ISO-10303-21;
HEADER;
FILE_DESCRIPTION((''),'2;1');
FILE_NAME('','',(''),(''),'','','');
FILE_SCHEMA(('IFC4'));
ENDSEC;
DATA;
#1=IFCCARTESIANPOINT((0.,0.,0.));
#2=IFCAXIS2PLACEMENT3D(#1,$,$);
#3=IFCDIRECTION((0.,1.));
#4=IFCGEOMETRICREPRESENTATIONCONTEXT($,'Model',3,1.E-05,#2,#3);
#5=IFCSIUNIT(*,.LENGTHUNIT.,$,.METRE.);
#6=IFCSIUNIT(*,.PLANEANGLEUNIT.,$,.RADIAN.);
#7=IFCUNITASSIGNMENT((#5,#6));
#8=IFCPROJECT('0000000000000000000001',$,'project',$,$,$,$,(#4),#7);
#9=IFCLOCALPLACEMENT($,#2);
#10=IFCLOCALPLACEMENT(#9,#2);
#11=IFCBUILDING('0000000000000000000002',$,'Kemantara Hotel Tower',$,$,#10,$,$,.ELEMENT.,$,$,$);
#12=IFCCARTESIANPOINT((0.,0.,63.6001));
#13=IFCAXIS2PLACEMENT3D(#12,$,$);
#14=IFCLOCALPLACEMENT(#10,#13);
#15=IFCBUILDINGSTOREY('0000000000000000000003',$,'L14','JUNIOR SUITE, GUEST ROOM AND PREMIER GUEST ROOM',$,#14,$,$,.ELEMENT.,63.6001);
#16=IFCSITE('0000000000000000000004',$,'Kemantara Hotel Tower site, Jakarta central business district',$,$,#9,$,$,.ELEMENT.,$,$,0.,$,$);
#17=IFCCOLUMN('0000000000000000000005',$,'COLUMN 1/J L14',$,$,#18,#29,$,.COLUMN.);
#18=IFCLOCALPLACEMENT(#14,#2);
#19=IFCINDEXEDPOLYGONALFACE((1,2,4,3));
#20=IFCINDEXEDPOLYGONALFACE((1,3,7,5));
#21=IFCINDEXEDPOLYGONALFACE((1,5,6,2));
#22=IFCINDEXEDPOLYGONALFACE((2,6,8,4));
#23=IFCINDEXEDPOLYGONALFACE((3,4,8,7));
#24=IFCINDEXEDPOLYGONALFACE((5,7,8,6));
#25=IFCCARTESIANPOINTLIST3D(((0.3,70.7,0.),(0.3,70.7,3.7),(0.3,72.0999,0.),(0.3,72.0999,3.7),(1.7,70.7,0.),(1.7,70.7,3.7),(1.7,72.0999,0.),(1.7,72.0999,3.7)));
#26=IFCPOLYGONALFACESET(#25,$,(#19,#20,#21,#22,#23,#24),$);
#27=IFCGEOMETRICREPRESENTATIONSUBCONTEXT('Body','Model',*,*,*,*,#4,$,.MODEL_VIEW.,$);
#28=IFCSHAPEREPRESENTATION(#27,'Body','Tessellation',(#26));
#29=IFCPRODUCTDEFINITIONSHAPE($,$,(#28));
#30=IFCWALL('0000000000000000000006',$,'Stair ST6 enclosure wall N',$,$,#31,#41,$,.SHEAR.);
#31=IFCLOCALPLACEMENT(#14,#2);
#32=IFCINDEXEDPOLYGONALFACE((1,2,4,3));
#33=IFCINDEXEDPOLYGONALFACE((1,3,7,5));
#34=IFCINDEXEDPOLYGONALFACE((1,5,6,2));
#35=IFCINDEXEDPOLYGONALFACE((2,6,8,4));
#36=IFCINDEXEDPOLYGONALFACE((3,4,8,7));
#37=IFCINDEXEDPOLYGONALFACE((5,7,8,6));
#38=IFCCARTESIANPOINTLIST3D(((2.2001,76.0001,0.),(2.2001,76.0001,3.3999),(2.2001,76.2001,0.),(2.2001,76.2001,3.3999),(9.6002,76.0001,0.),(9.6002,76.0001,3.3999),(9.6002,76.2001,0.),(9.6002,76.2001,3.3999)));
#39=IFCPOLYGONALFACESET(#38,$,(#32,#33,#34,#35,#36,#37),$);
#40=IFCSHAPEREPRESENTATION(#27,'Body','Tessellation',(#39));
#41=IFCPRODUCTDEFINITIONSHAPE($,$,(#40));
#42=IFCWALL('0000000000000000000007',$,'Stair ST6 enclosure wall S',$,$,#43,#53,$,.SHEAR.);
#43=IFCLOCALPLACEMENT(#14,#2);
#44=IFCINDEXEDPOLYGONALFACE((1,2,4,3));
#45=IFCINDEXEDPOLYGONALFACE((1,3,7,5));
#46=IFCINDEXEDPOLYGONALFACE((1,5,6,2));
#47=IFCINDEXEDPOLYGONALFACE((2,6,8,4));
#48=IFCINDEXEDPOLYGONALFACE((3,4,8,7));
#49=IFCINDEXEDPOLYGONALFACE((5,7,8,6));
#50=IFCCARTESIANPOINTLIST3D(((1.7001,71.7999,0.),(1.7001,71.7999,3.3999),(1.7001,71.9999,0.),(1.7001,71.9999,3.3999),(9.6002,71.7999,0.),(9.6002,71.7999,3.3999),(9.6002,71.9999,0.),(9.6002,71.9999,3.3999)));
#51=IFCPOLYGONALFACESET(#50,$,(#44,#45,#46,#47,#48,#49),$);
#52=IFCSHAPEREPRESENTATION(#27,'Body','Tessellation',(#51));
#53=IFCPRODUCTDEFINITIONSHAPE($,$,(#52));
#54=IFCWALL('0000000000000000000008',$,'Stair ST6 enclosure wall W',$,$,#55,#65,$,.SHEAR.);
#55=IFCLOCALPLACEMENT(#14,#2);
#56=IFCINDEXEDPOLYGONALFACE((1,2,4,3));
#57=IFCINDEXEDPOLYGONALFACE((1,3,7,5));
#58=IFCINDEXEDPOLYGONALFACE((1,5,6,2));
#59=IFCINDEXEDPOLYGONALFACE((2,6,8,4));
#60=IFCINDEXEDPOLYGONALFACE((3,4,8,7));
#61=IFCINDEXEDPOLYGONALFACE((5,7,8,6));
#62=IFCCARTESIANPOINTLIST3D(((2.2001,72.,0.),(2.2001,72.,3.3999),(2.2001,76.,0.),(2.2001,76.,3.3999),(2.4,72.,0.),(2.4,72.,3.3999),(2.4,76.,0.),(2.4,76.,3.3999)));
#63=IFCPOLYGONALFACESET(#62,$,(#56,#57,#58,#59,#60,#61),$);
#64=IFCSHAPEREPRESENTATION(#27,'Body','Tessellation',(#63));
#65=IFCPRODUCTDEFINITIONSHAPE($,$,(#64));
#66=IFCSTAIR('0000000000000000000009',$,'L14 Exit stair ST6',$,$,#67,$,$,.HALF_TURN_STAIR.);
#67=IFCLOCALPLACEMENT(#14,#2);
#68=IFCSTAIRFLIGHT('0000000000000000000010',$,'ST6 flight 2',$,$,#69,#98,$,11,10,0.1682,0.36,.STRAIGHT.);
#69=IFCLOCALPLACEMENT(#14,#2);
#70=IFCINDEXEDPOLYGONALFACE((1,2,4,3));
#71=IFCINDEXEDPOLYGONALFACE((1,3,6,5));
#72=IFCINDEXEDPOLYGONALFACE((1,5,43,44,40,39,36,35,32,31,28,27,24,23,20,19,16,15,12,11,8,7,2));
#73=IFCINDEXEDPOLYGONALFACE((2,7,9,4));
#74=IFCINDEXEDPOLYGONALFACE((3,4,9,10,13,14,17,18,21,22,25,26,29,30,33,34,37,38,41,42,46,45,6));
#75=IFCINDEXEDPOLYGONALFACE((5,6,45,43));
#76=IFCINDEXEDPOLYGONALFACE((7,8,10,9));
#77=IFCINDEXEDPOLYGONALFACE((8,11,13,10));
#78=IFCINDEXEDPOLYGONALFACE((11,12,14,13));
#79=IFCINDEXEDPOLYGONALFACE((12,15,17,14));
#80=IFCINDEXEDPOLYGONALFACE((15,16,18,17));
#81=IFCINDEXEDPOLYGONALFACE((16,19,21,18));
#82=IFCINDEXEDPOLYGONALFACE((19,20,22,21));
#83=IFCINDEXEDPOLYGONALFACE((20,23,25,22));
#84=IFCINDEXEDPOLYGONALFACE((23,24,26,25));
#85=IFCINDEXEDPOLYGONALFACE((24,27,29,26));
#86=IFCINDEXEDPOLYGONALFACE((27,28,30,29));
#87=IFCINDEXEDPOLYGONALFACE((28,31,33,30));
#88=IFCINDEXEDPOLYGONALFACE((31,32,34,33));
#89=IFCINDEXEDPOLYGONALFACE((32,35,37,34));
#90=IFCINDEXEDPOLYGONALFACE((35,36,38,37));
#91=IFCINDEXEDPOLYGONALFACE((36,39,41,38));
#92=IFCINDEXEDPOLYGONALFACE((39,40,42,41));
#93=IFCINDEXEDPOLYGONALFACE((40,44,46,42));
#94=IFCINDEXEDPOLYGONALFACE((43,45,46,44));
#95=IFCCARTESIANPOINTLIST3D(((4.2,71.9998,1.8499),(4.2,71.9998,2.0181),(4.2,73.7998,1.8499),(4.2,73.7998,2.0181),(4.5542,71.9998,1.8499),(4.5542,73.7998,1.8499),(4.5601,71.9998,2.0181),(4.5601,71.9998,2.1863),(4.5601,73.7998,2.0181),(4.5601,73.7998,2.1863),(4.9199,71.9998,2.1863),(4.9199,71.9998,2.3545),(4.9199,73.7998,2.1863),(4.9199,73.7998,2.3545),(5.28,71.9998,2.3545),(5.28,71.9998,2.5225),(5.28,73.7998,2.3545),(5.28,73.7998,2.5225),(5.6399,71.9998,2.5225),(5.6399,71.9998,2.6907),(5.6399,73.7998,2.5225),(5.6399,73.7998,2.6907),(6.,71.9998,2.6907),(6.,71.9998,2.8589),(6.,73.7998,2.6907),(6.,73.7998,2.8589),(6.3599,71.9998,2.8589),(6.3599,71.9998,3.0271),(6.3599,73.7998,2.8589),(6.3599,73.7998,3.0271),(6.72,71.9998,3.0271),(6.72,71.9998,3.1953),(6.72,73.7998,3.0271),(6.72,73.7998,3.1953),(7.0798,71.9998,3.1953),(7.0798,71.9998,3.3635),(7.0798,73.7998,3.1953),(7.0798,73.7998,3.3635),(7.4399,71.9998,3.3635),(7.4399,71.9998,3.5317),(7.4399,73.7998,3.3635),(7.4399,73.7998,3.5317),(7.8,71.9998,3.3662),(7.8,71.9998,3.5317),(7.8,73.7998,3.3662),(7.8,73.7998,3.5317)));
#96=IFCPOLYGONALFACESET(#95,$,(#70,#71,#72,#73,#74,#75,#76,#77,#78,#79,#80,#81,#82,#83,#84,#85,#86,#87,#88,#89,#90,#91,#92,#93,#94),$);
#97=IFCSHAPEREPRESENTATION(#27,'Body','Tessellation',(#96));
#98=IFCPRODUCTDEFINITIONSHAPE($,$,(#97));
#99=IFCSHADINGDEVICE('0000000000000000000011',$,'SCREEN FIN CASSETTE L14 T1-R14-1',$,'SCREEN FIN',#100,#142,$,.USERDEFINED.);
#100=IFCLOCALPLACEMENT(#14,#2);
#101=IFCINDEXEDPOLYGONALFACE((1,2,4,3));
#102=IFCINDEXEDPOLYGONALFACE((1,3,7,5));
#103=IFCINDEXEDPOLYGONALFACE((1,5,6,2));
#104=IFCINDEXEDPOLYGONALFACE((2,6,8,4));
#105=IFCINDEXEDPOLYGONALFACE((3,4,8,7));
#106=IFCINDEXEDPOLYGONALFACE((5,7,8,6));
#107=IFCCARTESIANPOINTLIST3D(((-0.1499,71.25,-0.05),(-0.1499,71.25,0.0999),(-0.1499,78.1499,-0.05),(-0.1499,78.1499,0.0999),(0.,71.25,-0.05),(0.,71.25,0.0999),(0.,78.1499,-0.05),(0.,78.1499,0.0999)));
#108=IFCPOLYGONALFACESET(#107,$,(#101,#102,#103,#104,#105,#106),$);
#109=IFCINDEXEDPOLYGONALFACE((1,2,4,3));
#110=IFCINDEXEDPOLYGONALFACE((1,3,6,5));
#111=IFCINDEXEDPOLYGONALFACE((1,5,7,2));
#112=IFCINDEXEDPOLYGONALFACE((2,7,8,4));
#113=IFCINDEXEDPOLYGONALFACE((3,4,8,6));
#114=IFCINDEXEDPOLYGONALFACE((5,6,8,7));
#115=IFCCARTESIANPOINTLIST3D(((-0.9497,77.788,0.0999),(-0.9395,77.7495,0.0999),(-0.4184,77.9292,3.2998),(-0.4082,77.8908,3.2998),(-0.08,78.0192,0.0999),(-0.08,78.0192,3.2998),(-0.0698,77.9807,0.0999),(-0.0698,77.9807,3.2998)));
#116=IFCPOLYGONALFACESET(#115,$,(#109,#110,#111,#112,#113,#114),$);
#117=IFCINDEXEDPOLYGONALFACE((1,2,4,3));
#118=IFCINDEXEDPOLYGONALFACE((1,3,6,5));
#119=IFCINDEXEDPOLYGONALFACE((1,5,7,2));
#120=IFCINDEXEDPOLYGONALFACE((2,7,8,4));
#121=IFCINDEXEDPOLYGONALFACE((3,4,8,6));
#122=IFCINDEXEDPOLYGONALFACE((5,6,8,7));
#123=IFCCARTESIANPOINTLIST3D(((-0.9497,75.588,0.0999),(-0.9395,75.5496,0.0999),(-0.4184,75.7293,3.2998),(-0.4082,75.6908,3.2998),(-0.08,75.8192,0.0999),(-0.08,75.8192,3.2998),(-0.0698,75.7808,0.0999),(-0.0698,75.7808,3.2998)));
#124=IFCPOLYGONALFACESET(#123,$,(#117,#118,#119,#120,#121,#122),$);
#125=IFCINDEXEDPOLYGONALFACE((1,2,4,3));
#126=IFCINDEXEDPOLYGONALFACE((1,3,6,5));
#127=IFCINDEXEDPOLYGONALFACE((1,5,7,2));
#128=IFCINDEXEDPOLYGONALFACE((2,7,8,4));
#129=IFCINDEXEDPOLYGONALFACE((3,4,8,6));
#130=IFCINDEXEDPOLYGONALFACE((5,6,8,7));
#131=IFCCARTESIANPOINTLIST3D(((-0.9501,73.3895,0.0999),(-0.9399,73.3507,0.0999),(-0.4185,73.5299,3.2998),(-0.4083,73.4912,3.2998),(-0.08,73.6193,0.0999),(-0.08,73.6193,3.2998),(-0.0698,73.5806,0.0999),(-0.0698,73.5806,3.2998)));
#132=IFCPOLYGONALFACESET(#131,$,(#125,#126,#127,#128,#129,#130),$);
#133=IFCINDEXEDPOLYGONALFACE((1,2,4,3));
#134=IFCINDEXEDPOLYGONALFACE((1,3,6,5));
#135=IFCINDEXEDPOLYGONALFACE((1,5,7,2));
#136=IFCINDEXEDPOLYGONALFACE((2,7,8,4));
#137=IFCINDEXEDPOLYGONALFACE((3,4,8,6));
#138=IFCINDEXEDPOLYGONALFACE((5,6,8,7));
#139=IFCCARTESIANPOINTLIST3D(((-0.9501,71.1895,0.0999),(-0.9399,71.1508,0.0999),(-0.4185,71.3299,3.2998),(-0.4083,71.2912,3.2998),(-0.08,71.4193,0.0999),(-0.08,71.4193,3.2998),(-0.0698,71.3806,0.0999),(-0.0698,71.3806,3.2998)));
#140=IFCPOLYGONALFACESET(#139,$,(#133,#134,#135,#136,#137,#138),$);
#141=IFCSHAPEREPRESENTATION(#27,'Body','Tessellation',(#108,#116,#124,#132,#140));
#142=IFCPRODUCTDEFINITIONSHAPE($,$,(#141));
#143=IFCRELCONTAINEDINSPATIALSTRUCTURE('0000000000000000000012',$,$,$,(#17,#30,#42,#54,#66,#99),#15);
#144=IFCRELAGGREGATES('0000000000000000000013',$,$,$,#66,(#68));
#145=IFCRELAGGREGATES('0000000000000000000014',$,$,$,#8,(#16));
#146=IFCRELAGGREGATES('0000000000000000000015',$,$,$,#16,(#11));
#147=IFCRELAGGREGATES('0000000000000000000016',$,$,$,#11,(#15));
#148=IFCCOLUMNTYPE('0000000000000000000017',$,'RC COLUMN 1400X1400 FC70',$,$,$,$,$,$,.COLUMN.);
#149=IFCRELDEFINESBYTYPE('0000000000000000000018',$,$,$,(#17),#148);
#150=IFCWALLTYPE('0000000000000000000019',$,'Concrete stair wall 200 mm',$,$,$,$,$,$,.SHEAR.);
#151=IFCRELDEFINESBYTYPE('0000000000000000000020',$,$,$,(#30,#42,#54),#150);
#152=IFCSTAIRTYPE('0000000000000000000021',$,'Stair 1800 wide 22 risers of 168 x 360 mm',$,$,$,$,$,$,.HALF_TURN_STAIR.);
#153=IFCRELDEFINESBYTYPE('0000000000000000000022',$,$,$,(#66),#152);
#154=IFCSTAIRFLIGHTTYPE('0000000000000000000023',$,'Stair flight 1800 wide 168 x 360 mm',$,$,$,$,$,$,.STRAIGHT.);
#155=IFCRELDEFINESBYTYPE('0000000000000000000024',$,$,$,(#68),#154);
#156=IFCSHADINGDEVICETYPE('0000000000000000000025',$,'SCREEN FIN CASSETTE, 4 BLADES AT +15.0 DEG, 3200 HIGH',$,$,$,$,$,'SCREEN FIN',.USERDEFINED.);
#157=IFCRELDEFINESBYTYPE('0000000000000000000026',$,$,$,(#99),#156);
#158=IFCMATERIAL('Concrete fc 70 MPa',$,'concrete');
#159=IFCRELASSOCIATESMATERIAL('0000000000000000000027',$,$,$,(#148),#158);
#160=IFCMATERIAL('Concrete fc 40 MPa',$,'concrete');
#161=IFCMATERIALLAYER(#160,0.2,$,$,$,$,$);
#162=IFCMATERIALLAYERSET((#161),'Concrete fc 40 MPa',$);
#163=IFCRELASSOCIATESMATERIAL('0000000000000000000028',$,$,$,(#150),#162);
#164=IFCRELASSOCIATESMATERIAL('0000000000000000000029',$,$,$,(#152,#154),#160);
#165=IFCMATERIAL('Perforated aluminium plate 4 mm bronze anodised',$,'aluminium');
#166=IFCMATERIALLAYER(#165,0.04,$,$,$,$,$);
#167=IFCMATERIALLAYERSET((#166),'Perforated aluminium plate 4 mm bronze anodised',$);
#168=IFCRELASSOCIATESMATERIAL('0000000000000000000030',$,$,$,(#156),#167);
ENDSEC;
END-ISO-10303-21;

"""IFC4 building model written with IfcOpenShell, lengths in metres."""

from ifc_helpers import new_model, si_unit, direction, frame, frame_2d, origin, origin_2d, place, context, subcontext, project, spatial, polyline, rectangle, outline, extrude, source, transform, mapped, material, layer, layer_set, material_profile, profile_set, type_object, element, aggregate, save


model = new_model("IFC4")

# Units and contexts
model_context = context("Model", 3, precision=1e-05, world=origin(), true_north=direction((0.0, 1.0)))
body_context = subcontext(model_context, "Body", "Model", "MODEL_VIEW")
ifc_project = project(units=[si_unit("LENGTHUNIT", "METRE"), si_unit("PLANEANGLEUNIT", "RADIAN")], contexts=[model_context])

# Site, building, storey
site_placement = place(None, origin())
site = spatial("IfcSite", under=ifc_project, at=site_placement, Name="Kemantara Hotel Tower site, Jakarta central business district", CompositionType="ELEMENT", RefElevation=0.0)
building_placement = place(site_placement, origin())
building = spatial("IfcBuilding", under=site, at=building_placement, Name="Kemantara Hotel Tower", CompositionType="ELEMENT")
storey_placement = place(building_placement, frame((0.0, 0.0, 63.6001)))
storey = spatial("IfcBuildingStorey", under=building, at=storey_placement, Name="L14", Description="JUNIOR SUITE, GUEST ROOM AND PREMIER GUEST ROOM", CompositionType="ELEMENT", Elevation=63.6001)

# Column
ifc_material_1 = material(Name="Concrete fc 70 MPa", Category="concrete")
ifc_material_profile = material_profile(ifc_material_1, rectangle(XDim=1.3999, YDim=1.3999, at=origin_2d()), Name="RC 1400X1400")
ifc_profile_set = profile_set([ifc_material_profile], Name="Concrete fc 70 MPa")
column_type = type_object("IfcColumnType", Name="RC COLUMN 1400X1400 FC70", PredefinedType="COLUMN", material=ifc_profile_set)
column_placement = place(storey_placement, frame((1.0, 71.3999, 0.0), z_axis=(0.0, 0.0, 1.0), x_axis=(1.0, 0.0, 0.0)))
element("IfcColumn", 1, at=column_placement, inside=storey, type_object=column_type, Name="COLUMN 1/J L14", PredefinedType="COLUMN", context=body_context, shape_type="SweptSolid", body=[
    extrude(rectangle(XDim=1.3999, YDim=1.3999, at=origin_2d()), origin(), (0.0, 0.0, 1.0), 3.7),
])

# Walls
ifc_material_2 = material(Name="Concrete fc 40 MPa", Category="concrete")
ifc_layer_1 = layer(ifc_material_2, 0.2)
ifc_layer_set_1 = layer_set([ifc_layer_1], Name="Concrete fc 40 MPa")
wall_type = type_object("IfcWallType", Name="Concrete stair wall 200 mm", PredefinedType="SHEAR", material=ifc_layer_set_1)
wall_1_placement = place(storey_placement, frame((2.2, 76.1001, 0.0), z_axis=(0.0, 0.0, 1.0), x_axis=(1.0, 0.0, 0.0)))
element("IfcWall", 2, at=wall_1_placement, inside=storey, type_object=wall_type, Name="Stair ST6 enclosure wall N", PredefinedType="SHEAR", context=body_context, shape_type="SweptSolid", body=[
    extrude(rectangle(XDim=7.4001, YDim=0.2, at=frame_2d((3.7002, 0.0))), origin(), (0.0, 0.0, 1.0), 3.3999),
])
wall_2_placement = place(storey_placement, frame((1.7, 71.8999, 0.0), z_axis=(0.0, 0.0, 1.0), x_axis=(1.0, 0.0, 0.0)))
element("IfcWall", 3, at=wall_2_placement, inside=storey, type_object=wall_type, Name="Stair ST6 enclosure wall S", PredefinedType="SHEAR", context=body_context, shape_type="SweptSolid", body=[
    extrude(rectangle(XDim=7.9001, YDim=0.2, at=frame_2d((3.9502, 0.0))), origin(), (0.0, 0.0, 1.0), 3.3999),
])
wall_3_placement = place(storey_placement, frame((2.3, 72.0, 0.0), z_axis=(0.0, 0.0, 1.0), x_axis=(0.0, 1.0, 0.0)))
element("IfcWall", 4, at=wall_3_placement, inside=storey, type_object=wall_type, Name="Stair ST6 enclosure wall W", PredefinedType="SHEAR", context=body_context, shape_type="SweptSolid", body=[
    extrude(rectangle(XDim=4.0, YDim=0.2, at=frame_2d((2.0, 0.0))), origin(), (0.0, 0.0, 1.0), 3.3999),
])

# Stair, stair flight
stair_type = type_object("IfcStairType", Name="Stair 1800 wide 22 risers of 168 x 360 mm", PredefinedType="HALF_TURN_STAIR", material=ifc_material_2)
stair_placement = place(storey_placement, origin())
stair = element("IfcStair", 5, at=stair_placement, inside=storey, type_object=stair_type, Name="L14 Exit stair ST6", PredefinedType="HALF_TURN_STAIR")
stair_flight_type = type_object("IfcStairFlightType", Name="Stair flight 1800 wide 168 x 360 mm", PredefinedType="STRAIGHT", material=ifc_material_2)
stair_flight_placement = place(storey_placement, frame((4.2, 72.8999, 1.8499), z_axis=(0.0, 0.0, 1.0), x_axis=(1.0, 0.0, 0.0)))
stair_flight = element("IfcStairFlight", 6, at=stair_flight_placement, type_object=stair_flight_type, Name="ST6 flight 2", NumberOfRisers=11, NumberOfTreads=10, PredefinedType="STRAIGHT", RiserHeight=0.1682, TreadLength=0.36, context=body_context, shape_type="SweptSolid", body=[
    extrude(outline(polyline([(0.0, 0.0), (0.0, 0.1682), (0.3601, 0.1682), (0.3601, 0.3364), (0.72, 0.3364), (0.72, 0.5046), (1.0801, 0.5046), (1.0801, 0.6726), (1.4399, 0.6726), (1.4399, 0.8408), (1.8, 0.8408), (1.8, 1.009), (2.1599, 1.009), (2.1599, 1.1772), (2.52, 1.1772), (2.52, 1.3455), (2.8799, 1.3455), (2.8799, 1.5137), (3.24, 1.5137), (3.24, 1.6819), (3.6001, 1.6819), (3.6001, 1.8501), (3.6001, 1.5164), (0.3542, 0.0), (0.0, 0.0)])), frame((0.0, 0.8999, 0.0), z_axis=(0.0, -1.0, 0.0), x_axis=(1.0, 0.0, 0.0)), (0.0, 0.0, 1.0), 1.8),
])
aggregate(stair, [stair_flight])

# Shading device
ifc_material_3 = material(Name="Perforated aluminium plate 4 mm bronze anodised", Category="aluminium")
ifc_layer_2 = layer(ifc_material_3, 0.04)
ifc_layer_set_2 = layer_set([ifc_layer_2], Name="Perforated aluminium plate 4 mm bronze anodised")
shading_device_type = type_object("IfcShadingDeviceType", Name="SCREEN FIN CASSETTE, 4 BLADES AT +15.0 DEG, 3200 HIGH", ElementType="SCREEN FIN", PredefinedType="USERDEFINED", material=ifc_layer_set_2)
shared_shape = source(origin(), body_context, "Body", "SweptSolid", [
    extrude(rectangle(XDim=6.8999, YDim=0.1499, at=origin_2d()), frame((3.3, -0.075, -0.1499), z_axis=(0.0, 0.0, 1.0), x_axis=(1.0, 0.0, 0.0)), (0.0, 0.0, 1.0), 0.1499),
    extrude(outline(polyline([(0.0, 0.0), (0.8999, 0.0), (0.3501, 3.2), (0.0, 3.2), (0.0, 0.0)])), frame((0.0193, -0.0698, 0.0), z_axis=(-0.966438, -0.256901, 0.0), x_axis=(0.256901, -0.966438, 0.0)), (0.0, 0.0, 1.0), 0.0398),
    extrude(outline(polyline([(0.0, 0.0), (0.8999, 0.0), (0.3501, 3.2), (0.0, 3.2), (0.0, 0.0)])), frame((2.2192, -0.0698, 0.0), z_axis=(-0.966438, -0.256901, 0.0), x_axis=(0.256901, -0.966438, 0.0)), (0.0, 0.0, 1.0), 0.0398),
    extrude(outline(polyline([(0.0, 0.0), (0.8999, 0.0), (0.3501, 3.2), (0.0, 3.2), (0.0, 0.0)])), frame((4.4194, -0.0698, 0.0), z_axis=(-0.966838, -0.255391, 0.0), x_axis=(0.255391, -0.966838, 0.0)), (0.0, 0.0, 1.0), 0.04),
    extrude(outline(polyline([(0.0, 0.0), (0.8999, 0.0), (0.3501, 3.2), (0.0, 3.2), (0.0, 0.0)])), frame((6.6194, -0.0698, 0.0), z_axis=(-0.966838, -0.255391, 0.0), x_axis=(0.255391, -0.966838, 0.0)), (0.0, 0.0, 1.0), 0.04),
])
shading_device_placement = place(storey_placement, frame((0.0, 78.0, 0.0999), z_axis=(0.0, 0.0, 1.0), x_axis=(0.0, -1.0, 0.0)))
element("IfcShadingDevice", 7, at=shading_device_placement, inside=storey, type_object=shading_device_type, Name="SCREEN FIN CASSETTE L14 T1-R14-1", ObjectType="SCREEN FIN", PredefinedType="USERDEFINED", context=body_context, shape_type="MappedRepresentation", body=[
    mapped(shared_shape, transform((0.0, 0.0, 0.0))),
])

save(model, "model.ifc")
